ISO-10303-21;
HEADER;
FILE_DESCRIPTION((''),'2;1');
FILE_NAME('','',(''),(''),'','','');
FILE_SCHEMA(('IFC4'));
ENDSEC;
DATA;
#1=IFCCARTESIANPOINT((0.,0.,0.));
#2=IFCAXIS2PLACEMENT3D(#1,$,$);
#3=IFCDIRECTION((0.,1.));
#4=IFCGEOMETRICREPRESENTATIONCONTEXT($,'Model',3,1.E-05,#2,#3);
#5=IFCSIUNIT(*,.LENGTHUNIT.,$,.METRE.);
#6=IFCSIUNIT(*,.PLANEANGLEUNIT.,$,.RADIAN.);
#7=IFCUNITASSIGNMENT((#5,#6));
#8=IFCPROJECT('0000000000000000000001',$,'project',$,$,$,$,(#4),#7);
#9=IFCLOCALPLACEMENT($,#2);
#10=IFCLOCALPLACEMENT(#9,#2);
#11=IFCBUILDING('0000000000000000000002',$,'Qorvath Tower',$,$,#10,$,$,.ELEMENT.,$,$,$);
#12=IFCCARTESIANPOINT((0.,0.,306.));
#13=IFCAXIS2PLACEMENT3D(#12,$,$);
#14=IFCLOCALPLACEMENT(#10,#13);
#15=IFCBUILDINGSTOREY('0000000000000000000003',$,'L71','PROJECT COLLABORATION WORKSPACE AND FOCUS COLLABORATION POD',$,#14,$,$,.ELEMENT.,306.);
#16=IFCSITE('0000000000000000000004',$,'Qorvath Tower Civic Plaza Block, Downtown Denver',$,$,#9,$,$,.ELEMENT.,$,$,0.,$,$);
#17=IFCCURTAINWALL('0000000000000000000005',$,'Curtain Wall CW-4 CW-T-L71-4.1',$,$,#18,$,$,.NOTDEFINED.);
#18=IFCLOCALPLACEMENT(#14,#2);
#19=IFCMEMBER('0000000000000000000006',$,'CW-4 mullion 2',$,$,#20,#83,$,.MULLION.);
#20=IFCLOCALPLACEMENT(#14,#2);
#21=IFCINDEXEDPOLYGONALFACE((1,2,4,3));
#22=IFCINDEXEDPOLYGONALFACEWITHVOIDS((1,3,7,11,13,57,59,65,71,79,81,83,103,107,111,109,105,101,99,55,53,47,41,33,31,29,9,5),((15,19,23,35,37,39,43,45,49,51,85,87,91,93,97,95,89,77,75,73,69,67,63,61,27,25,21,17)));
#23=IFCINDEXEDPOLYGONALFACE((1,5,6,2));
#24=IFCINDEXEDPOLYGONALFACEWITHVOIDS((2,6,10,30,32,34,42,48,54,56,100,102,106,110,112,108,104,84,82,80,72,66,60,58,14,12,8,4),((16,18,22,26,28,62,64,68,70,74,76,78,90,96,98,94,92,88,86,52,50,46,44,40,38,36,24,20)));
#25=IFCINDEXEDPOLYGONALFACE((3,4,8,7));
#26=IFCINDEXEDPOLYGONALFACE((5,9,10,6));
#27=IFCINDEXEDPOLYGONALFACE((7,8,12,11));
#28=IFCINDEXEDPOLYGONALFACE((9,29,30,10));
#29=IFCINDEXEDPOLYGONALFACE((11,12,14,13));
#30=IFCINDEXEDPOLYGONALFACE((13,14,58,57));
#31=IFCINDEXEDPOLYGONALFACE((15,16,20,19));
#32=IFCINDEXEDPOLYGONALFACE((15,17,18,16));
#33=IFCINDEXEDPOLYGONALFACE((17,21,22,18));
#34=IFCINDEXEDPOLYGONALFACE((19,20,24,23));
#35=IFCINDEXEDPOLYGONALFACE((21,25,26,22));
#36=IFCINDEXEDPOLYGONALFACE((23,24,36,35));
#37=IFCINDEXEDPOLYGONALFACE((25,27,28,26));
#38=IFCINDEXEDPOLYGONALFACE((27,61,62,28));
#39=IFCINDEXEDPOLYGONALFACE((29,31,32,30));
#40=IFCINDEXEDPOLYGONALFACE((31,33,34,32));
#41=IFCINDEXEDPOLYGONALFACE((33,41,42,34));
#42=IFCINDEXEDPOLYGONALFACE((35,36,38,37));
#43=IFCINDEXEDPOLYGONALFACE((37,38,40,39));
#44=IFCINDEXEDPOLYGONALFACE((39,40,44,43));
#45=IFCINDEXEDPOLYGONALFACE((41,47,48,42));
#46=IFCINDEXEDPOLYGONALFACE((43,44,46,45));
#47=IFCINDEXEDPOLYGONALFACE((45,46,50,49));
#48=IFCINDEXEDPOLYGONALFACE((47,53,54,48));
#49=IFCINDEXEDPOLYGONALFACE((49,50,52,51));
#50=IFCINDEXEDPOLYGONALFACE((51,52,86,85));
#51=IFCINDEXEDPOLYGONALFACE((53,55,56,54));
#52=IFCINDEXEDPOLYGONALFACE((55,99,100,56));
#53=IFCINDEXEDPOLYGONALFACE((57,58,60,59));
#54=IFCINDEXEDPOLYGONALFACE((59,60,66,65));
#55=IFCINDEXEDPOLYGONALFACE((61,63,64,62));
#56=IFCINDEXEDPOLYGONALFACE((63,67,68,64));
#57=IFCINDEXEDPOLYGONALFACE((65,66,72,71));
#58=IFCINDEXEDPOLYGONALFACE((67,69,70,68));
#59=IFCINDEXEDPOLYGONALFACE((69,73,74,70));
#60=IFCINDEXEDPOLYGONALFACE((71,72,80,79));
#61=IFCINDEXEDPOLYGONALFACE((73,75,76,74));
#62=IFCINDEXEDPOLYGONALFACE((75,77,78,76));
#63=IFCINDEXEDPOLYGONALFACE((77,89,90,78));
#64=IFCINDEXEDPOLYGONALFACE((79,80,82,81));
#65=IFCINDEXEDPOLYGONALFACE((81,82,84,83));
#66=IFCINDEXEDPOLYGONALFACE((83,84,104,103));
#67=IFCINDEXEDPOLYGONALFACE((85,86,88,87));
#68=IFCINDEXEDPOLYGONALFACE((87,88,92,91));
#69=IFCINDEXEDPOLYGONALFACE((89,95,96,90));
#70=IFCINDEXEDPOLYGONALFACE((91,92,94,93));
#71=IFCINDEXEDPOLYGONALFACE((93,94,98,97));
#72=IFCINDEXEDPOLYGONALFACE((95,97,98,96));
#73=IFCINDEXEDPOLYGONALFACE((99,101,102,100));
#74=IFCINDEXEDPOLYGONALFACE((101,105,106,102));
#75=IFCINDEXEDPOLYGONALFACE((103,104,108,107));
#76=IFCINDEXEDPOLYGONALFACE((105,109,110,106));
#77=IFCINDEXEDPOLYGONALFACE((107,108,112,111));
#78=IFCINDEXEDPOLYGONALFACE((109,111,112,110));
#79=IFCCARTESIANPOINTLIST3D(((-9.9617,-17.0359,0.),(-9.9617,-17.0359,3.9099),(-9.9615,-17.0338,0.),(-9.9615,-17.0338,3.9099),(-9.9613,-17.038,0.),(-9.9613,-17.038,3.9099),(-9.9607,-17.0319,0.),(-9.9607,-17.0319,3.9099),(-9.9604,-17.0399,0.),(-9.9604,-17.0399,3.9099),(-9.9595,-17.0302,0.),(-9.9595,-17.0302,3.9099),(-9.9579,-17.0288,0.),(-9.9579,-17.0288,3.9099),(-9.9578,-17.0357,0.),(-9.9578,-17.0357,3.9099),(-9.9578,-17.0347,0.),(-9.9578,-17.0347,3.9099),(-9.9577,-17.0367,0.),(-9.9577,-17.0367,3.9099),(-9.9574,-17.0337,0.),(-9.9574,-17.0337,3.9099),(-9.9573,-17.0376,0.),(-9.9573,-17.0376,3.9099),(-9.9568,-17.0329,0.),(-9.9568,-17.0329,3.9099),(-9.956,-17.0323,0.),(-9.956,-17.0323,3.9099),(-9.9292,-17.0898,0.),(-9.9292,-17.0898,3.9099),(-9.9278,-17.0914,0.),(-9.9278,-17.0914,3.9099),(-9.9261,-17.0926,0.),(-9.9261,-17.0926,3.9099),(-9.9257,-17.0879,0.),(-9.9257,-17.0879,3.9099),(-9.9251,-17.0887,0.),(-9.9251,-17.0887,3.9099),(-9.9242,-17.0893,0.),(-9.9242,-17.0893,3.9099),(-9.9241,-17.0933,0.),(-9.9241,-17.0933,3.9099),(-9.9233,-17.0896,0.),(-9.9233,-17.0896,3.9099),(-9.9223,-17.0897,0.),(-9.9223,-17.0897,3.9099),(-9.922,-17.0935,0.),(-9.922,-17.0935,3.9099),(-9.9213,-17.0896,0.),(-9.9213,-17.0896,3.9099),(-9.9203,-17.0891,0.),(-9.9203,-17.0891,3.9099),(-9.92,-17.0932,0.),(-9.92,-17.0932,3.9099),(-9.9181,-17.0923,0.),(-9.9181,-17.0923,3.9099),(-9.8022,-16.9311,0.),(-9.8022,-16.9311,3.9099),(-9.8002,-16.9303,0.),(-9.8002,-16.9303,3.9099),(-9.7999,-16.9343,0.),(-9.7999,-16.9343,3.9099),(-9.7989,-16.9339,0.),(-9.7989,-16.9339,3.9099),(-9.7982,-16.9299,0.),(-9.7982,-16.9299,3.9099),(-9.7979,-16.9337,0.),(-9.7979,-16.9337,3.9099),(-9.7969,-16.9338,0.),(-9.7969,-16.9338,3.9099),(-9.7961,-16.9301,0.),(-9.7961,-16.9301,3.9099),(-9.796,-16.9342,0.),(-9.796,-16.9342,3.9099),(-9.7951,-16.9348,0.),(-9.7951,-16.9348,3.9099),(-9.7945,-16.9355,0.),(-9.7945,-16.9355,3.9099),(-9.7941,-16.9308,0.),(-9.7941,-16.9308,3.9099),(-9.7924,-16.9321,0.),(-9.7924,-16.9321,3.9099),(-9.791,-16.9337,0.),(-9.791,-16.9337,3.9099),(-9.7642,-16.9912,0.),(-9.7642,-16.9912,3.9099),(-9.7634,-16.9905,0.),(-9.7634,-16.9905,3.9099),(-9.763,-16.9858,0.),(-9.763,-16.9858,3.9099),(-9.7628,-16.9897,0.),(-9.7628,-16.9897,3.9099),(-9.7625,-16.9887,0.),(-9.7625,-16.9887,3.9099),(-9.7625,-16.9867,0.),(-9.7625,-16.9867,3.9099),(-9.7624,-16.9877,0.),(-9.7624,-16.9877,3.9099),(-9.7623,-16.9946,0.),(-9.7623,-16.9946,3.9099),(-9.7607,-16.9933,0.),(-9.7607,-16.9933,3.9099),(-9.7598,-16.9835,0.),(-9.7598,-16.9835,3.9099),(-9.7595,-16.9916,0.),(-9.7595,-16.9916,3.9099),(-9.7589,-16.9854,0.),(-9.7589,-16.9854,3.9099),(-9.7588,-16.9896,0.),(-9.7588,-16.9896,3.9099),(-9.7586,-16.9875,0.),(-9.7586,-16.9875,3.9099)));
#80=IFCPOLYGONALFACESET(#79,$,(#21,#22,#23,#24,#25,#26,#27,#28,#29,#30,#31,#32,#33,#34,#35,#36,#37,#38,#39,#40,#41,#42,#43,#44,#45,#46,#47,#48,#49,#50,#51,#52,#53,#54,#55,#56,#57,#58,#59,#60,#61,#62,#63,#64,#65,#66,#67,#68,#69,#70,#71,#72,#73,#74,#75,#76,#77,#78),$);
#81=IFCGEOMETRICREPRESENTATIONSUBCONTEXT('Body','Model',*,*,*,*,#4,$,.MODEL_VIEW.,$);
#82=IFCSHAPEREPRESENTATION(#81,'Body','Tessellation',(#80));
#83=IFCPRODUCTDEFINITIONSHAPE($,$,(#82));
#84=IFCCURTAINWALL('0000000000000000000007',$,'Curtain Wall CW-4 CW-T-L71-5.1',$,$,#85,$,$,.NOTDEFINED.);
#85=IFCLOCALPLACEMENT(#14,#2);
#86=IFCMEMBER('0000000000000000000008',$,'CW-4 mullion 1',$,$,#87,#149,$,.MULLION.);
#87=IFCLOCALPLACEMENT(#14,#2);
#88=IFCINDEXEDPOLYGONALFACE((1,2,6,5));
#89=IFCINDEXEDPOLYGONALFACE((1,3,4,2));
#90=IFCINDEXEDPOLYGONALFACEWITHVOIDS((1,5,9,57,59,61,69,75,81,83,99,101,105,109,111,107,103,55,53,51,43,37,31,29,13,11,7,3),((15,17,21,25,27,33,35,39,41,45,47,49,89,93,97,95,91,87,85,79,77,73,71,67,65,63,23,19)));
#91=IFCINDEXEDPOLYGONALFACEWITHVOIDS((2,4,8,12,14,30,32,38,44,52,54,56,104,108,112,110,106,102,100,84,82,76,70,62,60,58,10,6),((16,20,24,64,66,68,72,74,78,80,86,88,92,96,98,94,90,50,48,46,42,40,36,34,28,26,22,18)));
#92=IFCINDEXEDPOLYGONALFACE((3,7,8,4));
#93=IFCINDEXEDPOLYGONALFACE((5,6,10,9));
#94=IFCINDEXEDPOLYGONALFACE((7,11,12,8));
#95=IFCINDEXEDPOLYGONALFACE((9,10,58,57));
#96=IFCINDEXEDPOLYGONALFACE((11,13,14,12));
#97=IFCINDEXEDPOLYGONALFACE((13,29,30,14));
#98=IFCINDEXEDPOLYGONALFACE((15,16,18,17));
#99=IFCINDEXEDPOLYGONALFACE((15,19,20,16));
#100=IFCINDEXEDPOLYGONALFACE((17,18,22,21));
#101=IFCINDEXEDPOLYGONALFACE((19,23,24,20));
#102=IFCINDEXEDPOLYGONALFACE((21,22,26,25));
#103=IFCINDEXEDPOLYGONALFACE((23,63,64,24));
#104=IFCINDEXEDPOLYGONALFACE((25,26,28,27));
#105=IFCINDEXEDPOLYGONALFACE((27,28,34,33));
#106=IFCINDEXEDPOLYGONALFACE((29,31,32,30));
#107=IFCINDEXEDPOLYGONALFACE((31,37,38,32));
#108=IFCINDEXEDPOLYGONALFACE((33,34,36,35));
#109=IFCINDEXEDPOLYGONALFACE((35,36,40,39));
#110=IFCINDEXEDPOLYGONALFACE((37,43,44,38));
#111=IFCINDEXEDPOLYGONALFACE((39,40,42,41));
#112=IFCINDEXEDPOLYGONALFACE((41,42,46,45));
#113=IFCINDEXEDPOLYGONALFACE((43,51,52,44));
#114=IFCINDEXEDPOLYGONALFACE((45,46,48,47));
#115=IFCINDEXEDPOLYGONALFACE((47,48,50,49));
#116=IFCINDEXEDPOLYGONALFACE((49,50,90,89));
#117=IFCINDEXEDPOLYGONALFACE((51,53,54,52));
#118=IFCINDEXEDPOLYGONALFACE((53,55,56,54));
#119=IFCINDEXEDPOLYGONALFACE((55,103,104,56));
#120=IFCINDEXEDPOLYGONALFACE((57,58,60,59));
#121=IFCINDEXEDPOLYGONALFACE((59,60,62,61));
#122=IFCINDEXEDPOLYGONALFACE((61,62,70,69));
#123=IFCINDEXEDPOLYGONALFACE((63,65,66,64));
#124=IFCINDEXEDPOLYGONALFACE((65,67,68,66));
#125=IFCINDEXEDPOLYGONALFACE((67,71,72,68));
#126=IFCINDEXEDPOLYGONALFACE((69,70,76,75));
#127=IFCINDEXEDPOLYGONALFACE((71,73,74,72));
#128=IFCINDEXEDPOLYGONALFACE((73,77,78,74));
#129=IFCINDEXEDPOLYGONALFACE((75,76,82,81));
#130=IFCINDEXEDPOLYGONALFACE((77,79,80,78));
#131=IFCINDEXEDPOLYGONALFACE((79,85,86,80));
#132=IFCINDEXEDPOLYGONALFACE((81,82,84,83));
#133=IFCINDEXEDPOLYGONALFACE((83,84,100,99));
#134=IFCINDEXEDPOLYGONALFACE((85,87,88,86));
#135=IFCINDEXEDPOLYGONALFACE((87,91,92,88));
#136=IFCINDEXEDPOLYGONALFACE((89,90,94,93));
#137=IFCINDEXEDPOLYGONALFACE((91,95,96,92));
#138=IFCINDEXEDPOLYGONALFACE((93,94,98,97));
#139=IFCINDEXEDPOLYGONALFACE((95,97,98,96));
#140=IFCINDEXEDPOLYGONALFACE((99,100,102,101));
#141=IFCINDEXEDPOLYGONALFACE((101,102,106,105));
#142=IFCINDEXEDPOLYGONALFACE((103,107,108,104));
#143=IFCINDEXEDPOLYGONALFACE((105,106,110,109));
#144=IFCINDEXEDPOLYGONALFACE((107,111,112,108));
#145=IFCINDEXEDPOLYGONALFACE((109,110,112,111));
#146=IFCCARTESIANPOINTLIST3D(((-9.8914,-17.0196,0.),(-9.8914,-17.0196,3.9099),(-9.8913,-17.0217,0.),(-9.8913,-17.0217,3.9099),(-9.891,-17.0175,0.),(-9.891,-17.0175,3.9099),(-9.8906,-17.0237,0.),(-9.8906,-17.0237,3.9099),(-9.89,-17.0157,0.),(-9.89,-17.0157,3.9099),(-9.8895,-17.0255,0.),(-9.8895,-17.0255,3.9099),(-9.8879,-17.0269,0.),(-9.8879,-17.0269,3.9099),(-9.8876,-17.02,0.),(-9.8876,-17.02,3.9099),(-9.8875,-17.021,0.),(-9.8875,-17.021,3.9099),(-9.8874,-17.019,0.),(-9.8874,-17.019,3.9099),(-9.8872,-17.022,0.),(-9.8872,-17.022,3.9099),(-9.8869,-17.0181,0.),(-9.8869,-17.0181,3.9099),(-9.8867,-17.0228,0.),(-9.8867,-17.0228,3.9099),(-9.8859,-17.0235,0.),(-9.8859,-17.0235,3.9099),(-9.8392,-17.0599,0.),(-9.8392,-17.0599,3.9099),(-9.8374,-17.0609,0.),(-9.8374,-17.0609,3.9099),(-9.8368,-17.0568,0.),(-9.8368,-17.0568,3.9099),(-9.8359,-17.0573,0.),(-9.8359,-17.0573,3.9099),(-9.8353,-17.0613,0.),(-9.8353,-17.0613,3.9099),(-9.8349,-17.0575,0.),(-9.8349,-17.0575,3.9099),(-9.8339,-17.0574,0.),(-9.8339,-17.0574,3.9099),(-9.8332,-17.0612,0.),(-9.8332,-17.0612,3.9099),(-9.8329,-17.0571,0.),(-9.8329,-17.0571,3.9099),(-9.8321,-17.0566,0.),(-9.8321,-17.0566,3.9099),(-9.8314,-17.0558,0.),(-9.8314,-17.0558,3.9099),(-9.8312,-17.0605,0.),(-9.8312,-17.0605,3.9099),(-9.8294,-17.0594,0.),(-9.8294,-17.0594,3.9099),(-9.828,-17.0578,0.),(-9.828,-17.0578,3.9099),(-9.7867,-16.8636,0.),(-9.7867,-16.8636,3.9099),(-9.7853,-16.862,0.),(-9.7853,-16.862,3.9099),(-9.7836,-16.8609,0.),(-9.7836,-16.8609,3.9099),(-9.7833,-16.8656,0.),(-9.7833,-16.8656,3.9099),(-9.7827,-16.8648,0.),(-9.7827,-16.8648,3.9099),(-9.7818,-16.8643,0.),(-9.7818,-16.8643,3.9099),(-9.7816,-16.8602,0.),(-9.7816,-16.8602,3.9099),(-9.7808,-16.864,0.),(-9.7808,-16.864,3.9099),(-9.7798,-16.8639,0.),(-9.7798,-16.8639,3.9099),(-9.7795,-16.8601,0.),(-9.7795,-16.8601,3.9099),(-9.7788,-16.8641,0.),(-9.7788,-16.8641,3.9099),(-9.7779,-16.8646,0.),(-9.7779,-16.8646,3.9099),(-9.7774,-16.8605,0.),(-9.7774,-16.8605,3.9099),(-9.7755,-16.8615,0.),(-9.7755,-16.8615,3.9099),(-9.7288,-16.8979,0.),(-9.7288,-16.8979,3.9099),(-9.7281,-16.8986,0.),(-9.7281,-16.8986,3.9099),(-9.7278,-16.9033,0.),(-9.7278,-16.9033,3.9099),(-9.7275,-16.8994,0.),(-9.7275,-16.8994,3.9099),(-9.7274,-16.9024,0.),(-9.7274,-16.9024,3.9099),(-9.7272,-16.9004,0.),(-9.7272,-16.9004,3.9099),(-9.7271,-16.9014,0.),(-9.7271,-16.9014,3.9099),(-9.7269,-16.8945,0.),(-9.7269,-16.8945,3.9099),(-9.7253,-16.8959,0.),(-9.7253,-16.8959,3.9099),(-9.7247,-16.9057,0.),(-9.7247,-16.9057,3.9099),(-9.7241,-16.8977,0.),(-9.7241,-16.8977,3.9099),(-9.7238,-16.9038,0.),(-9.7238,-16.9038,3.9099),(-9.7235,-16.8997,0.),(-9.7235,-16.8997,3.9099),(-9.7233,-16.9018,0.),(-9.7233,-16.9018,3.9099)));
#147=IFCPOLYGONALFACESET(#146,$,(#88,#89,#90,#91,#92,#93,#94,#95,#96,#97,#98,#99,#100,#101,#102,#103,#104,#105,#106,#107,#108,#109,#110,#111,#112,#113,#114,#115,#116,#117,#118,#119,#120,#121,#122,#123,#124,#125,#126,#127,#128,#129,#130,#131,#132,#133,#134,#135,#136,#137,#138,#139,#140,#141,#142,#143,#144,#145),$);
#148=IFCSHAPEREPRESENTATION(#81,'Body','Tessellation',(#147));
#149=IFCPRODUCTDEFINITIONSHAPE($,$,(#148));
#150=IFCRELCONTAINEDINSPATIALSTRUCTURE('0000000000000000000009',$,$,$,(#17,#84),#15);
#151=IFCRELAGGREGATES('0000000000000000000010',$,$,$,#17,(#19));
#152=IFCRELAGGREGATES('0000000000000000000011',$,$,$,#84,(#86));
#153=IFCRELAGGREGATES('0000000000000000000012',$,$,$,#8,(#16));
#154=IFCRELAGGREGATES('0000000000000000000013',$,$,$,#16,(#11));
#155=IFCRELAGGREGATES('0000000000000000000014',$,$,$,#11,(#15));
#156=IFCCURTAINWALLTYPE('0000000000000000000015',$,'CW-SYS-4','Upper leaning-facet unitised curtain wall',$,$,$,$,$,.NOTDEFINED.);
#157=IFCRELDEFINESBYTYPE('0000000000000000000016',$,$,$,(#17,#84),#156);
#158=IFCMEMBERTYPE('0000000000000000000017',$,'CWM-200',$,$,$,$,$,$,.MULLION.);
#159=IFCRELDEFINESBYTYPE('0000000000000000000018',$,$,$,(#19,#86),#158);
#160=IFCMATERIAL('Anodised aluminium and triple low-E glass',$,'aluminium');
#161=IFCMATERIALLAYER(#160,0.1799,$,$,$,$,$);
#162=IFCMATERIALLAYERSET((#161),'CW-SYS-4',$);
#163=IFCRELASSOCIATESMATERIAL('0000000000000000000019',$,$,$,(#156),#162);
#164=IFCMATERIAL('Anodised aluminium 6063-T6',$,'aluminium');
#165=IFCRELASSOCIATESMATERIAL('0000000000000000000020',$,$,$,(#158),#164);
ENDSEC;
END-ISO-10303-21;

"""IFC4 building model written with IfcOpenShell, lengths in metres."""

from ifc_helpers import new_model, si_unit, direction, frame, origin, origin_2d, place, context, subcontext, project, spatial, hollow_rectangle, extrude, material, layer, layer_set, material_profile, profile_set, type_object, element, aggregate, save


model = new_model("IFC4")

# Units and contexts
model_context = context("Model", 3, precision=1e-05, world=origin(), true_north=direction((0.0, 1.0)))
body_context = subcontext(model_context, "Body", "Model", "MODEL_VIEW")
ifc_project = project(units=[si_unit("LENGTHUNIT", "METRE"), si_unit("PLANEANGLEUNIT", "RADIAN")], contexts=[model_context])

# Site, building, storey
site_placement = place(None, origin())
site = spatial("IfcSite", under=ifc_project, at=site_placement, Name="Qorvath Tower Civic Plaza Block, Downtown Denver", CompositionType="ELEMENT", RefElevation=0.0)
building_placement = place(site_placement, origin())
building = spatial("IfcBuilding", under=site, at=building_placement, Name="Qorvath Tower", CompositionType="ELEMENT")
storey_placement = place(building_placement, frame((0.0, 0.0, 306.0)))
storey = spatial("IfcBuildingStorey", under=building, at=storey_placement, Name="L71", Description="PROJECT COLLABORATION WORKSPACE AND FOCUS COLLABORATION POD", CompositionType="ELEMENT", Elevation=306.0)

# Shared definitions
ifc_material_1 = material(Name="Anodised aluminium and triple low-E glass", Category="aluminium")
ifc_layer_1 = layer(ifc_material_1, 0.1799)
ifc_layer_set_1 = layer_set([ifc_layer_1], Name="CW-SYS-4")
curtain_wall_type = type_object("IfcCurtainWallType", Name="CW-SYS-4", Description="Upper leaning-facet unitised curtain wall", PredefinedType="NOTDEFINED", material=ifc_layer_set_1)
ifc_material_2 = material(Name="Anodised aluminium 6063-T6", Category="aluminium")
ifc_material_profile_1 = material_profile(ifc_material_2, hollow_rectangle(XDim=0.075, YDim=0.2, WallThickness=0.0039, InnerFilletRadius=0.0039, OuterFilletRadius=0.0081, at=origin_2d()), Name="CWM 200x75")
ifc_profile_set_1 = profile_set([ifc_material_profile_1], Name="Anodised aluminium 6063-T6")
member_type_1 = type_object("IfcMemberType", Name="CWM-200", PredefinedType="MULLION", material=ifc_profile_set_1)

# Curtain walls, members
curtain_wall_1_placement = place(storey_placement, origin())
curtain_wall_1 = element("IfcCurtainWall", 1, at=curtain_wall_1_placement, inside=storey, type_object=curtain_wall_type, Name="Curtain Wall CW-4 CW-T-L71-4.1", PredefinedType="NOTDEFINED")
member_1_placement = place(storey_placement, frame((-9.8601, -17.0117, 0.0), z_axis=(0.0, 0.0, 1.0), x_axis=(-0.531353, 0.84715, 0.0)))
member_1 = element("IfcMember", 2, at=member_1_placement, type_object=member_type_1, Name="CW-4 mullion 2", PredefinedType="MULLION", context=body_context, shape_type="SweptSolid", body=[
    extrude(hollow_rectangle(XDim=0.075, YDim=0.2, WallThickness=0.0039, InnerFilletRadius=0.0039, OuterFilletRadius=0.0081, at=origin_2d()), origin(), (0.0, 0.0, 1.0), 3.9099),
])
curtain_wall_2_placement = place(storey_placement, origin())
curtain_wall_2 = element("IfcCurtainWall", 3, at=curtain_wall_2_placement, inside=storey, type_object=curtain_wall_type, Name="Curtain Wall CW-4 CW-T-L71-5.1", PredefinedType="NOTDEFINED")
member_2_placement = place(storey_placement, frame((-9.8074, -16.9607, 0.0), z_axis=(0.0, 0.0, 1.0), x_axis=(-0.827118, 0.562028, 0.0)))
member_2 = element("IfcMember", 4, at=member_2_placement, type_object=member_type_1, Name="CW-4 mullion 1", PredefinedType="MULLION", context=body_context, shape_type="SweptSolid", body=[
    extrude(hollow_rectangle(XDim=0.075, YDim=0.2, WallThickness=0.0039, InnerFilletRadius=0.0039, OuterFilletRadius=0.0081, at=origin_2d()), origin(), (0.0, 0.0, 1.0), 3.9099),
])

aggregate(curtain_wall_1, [member_1])
aggregate(curtain_wall_2, [member_2])

save(model, "model.ifc")
